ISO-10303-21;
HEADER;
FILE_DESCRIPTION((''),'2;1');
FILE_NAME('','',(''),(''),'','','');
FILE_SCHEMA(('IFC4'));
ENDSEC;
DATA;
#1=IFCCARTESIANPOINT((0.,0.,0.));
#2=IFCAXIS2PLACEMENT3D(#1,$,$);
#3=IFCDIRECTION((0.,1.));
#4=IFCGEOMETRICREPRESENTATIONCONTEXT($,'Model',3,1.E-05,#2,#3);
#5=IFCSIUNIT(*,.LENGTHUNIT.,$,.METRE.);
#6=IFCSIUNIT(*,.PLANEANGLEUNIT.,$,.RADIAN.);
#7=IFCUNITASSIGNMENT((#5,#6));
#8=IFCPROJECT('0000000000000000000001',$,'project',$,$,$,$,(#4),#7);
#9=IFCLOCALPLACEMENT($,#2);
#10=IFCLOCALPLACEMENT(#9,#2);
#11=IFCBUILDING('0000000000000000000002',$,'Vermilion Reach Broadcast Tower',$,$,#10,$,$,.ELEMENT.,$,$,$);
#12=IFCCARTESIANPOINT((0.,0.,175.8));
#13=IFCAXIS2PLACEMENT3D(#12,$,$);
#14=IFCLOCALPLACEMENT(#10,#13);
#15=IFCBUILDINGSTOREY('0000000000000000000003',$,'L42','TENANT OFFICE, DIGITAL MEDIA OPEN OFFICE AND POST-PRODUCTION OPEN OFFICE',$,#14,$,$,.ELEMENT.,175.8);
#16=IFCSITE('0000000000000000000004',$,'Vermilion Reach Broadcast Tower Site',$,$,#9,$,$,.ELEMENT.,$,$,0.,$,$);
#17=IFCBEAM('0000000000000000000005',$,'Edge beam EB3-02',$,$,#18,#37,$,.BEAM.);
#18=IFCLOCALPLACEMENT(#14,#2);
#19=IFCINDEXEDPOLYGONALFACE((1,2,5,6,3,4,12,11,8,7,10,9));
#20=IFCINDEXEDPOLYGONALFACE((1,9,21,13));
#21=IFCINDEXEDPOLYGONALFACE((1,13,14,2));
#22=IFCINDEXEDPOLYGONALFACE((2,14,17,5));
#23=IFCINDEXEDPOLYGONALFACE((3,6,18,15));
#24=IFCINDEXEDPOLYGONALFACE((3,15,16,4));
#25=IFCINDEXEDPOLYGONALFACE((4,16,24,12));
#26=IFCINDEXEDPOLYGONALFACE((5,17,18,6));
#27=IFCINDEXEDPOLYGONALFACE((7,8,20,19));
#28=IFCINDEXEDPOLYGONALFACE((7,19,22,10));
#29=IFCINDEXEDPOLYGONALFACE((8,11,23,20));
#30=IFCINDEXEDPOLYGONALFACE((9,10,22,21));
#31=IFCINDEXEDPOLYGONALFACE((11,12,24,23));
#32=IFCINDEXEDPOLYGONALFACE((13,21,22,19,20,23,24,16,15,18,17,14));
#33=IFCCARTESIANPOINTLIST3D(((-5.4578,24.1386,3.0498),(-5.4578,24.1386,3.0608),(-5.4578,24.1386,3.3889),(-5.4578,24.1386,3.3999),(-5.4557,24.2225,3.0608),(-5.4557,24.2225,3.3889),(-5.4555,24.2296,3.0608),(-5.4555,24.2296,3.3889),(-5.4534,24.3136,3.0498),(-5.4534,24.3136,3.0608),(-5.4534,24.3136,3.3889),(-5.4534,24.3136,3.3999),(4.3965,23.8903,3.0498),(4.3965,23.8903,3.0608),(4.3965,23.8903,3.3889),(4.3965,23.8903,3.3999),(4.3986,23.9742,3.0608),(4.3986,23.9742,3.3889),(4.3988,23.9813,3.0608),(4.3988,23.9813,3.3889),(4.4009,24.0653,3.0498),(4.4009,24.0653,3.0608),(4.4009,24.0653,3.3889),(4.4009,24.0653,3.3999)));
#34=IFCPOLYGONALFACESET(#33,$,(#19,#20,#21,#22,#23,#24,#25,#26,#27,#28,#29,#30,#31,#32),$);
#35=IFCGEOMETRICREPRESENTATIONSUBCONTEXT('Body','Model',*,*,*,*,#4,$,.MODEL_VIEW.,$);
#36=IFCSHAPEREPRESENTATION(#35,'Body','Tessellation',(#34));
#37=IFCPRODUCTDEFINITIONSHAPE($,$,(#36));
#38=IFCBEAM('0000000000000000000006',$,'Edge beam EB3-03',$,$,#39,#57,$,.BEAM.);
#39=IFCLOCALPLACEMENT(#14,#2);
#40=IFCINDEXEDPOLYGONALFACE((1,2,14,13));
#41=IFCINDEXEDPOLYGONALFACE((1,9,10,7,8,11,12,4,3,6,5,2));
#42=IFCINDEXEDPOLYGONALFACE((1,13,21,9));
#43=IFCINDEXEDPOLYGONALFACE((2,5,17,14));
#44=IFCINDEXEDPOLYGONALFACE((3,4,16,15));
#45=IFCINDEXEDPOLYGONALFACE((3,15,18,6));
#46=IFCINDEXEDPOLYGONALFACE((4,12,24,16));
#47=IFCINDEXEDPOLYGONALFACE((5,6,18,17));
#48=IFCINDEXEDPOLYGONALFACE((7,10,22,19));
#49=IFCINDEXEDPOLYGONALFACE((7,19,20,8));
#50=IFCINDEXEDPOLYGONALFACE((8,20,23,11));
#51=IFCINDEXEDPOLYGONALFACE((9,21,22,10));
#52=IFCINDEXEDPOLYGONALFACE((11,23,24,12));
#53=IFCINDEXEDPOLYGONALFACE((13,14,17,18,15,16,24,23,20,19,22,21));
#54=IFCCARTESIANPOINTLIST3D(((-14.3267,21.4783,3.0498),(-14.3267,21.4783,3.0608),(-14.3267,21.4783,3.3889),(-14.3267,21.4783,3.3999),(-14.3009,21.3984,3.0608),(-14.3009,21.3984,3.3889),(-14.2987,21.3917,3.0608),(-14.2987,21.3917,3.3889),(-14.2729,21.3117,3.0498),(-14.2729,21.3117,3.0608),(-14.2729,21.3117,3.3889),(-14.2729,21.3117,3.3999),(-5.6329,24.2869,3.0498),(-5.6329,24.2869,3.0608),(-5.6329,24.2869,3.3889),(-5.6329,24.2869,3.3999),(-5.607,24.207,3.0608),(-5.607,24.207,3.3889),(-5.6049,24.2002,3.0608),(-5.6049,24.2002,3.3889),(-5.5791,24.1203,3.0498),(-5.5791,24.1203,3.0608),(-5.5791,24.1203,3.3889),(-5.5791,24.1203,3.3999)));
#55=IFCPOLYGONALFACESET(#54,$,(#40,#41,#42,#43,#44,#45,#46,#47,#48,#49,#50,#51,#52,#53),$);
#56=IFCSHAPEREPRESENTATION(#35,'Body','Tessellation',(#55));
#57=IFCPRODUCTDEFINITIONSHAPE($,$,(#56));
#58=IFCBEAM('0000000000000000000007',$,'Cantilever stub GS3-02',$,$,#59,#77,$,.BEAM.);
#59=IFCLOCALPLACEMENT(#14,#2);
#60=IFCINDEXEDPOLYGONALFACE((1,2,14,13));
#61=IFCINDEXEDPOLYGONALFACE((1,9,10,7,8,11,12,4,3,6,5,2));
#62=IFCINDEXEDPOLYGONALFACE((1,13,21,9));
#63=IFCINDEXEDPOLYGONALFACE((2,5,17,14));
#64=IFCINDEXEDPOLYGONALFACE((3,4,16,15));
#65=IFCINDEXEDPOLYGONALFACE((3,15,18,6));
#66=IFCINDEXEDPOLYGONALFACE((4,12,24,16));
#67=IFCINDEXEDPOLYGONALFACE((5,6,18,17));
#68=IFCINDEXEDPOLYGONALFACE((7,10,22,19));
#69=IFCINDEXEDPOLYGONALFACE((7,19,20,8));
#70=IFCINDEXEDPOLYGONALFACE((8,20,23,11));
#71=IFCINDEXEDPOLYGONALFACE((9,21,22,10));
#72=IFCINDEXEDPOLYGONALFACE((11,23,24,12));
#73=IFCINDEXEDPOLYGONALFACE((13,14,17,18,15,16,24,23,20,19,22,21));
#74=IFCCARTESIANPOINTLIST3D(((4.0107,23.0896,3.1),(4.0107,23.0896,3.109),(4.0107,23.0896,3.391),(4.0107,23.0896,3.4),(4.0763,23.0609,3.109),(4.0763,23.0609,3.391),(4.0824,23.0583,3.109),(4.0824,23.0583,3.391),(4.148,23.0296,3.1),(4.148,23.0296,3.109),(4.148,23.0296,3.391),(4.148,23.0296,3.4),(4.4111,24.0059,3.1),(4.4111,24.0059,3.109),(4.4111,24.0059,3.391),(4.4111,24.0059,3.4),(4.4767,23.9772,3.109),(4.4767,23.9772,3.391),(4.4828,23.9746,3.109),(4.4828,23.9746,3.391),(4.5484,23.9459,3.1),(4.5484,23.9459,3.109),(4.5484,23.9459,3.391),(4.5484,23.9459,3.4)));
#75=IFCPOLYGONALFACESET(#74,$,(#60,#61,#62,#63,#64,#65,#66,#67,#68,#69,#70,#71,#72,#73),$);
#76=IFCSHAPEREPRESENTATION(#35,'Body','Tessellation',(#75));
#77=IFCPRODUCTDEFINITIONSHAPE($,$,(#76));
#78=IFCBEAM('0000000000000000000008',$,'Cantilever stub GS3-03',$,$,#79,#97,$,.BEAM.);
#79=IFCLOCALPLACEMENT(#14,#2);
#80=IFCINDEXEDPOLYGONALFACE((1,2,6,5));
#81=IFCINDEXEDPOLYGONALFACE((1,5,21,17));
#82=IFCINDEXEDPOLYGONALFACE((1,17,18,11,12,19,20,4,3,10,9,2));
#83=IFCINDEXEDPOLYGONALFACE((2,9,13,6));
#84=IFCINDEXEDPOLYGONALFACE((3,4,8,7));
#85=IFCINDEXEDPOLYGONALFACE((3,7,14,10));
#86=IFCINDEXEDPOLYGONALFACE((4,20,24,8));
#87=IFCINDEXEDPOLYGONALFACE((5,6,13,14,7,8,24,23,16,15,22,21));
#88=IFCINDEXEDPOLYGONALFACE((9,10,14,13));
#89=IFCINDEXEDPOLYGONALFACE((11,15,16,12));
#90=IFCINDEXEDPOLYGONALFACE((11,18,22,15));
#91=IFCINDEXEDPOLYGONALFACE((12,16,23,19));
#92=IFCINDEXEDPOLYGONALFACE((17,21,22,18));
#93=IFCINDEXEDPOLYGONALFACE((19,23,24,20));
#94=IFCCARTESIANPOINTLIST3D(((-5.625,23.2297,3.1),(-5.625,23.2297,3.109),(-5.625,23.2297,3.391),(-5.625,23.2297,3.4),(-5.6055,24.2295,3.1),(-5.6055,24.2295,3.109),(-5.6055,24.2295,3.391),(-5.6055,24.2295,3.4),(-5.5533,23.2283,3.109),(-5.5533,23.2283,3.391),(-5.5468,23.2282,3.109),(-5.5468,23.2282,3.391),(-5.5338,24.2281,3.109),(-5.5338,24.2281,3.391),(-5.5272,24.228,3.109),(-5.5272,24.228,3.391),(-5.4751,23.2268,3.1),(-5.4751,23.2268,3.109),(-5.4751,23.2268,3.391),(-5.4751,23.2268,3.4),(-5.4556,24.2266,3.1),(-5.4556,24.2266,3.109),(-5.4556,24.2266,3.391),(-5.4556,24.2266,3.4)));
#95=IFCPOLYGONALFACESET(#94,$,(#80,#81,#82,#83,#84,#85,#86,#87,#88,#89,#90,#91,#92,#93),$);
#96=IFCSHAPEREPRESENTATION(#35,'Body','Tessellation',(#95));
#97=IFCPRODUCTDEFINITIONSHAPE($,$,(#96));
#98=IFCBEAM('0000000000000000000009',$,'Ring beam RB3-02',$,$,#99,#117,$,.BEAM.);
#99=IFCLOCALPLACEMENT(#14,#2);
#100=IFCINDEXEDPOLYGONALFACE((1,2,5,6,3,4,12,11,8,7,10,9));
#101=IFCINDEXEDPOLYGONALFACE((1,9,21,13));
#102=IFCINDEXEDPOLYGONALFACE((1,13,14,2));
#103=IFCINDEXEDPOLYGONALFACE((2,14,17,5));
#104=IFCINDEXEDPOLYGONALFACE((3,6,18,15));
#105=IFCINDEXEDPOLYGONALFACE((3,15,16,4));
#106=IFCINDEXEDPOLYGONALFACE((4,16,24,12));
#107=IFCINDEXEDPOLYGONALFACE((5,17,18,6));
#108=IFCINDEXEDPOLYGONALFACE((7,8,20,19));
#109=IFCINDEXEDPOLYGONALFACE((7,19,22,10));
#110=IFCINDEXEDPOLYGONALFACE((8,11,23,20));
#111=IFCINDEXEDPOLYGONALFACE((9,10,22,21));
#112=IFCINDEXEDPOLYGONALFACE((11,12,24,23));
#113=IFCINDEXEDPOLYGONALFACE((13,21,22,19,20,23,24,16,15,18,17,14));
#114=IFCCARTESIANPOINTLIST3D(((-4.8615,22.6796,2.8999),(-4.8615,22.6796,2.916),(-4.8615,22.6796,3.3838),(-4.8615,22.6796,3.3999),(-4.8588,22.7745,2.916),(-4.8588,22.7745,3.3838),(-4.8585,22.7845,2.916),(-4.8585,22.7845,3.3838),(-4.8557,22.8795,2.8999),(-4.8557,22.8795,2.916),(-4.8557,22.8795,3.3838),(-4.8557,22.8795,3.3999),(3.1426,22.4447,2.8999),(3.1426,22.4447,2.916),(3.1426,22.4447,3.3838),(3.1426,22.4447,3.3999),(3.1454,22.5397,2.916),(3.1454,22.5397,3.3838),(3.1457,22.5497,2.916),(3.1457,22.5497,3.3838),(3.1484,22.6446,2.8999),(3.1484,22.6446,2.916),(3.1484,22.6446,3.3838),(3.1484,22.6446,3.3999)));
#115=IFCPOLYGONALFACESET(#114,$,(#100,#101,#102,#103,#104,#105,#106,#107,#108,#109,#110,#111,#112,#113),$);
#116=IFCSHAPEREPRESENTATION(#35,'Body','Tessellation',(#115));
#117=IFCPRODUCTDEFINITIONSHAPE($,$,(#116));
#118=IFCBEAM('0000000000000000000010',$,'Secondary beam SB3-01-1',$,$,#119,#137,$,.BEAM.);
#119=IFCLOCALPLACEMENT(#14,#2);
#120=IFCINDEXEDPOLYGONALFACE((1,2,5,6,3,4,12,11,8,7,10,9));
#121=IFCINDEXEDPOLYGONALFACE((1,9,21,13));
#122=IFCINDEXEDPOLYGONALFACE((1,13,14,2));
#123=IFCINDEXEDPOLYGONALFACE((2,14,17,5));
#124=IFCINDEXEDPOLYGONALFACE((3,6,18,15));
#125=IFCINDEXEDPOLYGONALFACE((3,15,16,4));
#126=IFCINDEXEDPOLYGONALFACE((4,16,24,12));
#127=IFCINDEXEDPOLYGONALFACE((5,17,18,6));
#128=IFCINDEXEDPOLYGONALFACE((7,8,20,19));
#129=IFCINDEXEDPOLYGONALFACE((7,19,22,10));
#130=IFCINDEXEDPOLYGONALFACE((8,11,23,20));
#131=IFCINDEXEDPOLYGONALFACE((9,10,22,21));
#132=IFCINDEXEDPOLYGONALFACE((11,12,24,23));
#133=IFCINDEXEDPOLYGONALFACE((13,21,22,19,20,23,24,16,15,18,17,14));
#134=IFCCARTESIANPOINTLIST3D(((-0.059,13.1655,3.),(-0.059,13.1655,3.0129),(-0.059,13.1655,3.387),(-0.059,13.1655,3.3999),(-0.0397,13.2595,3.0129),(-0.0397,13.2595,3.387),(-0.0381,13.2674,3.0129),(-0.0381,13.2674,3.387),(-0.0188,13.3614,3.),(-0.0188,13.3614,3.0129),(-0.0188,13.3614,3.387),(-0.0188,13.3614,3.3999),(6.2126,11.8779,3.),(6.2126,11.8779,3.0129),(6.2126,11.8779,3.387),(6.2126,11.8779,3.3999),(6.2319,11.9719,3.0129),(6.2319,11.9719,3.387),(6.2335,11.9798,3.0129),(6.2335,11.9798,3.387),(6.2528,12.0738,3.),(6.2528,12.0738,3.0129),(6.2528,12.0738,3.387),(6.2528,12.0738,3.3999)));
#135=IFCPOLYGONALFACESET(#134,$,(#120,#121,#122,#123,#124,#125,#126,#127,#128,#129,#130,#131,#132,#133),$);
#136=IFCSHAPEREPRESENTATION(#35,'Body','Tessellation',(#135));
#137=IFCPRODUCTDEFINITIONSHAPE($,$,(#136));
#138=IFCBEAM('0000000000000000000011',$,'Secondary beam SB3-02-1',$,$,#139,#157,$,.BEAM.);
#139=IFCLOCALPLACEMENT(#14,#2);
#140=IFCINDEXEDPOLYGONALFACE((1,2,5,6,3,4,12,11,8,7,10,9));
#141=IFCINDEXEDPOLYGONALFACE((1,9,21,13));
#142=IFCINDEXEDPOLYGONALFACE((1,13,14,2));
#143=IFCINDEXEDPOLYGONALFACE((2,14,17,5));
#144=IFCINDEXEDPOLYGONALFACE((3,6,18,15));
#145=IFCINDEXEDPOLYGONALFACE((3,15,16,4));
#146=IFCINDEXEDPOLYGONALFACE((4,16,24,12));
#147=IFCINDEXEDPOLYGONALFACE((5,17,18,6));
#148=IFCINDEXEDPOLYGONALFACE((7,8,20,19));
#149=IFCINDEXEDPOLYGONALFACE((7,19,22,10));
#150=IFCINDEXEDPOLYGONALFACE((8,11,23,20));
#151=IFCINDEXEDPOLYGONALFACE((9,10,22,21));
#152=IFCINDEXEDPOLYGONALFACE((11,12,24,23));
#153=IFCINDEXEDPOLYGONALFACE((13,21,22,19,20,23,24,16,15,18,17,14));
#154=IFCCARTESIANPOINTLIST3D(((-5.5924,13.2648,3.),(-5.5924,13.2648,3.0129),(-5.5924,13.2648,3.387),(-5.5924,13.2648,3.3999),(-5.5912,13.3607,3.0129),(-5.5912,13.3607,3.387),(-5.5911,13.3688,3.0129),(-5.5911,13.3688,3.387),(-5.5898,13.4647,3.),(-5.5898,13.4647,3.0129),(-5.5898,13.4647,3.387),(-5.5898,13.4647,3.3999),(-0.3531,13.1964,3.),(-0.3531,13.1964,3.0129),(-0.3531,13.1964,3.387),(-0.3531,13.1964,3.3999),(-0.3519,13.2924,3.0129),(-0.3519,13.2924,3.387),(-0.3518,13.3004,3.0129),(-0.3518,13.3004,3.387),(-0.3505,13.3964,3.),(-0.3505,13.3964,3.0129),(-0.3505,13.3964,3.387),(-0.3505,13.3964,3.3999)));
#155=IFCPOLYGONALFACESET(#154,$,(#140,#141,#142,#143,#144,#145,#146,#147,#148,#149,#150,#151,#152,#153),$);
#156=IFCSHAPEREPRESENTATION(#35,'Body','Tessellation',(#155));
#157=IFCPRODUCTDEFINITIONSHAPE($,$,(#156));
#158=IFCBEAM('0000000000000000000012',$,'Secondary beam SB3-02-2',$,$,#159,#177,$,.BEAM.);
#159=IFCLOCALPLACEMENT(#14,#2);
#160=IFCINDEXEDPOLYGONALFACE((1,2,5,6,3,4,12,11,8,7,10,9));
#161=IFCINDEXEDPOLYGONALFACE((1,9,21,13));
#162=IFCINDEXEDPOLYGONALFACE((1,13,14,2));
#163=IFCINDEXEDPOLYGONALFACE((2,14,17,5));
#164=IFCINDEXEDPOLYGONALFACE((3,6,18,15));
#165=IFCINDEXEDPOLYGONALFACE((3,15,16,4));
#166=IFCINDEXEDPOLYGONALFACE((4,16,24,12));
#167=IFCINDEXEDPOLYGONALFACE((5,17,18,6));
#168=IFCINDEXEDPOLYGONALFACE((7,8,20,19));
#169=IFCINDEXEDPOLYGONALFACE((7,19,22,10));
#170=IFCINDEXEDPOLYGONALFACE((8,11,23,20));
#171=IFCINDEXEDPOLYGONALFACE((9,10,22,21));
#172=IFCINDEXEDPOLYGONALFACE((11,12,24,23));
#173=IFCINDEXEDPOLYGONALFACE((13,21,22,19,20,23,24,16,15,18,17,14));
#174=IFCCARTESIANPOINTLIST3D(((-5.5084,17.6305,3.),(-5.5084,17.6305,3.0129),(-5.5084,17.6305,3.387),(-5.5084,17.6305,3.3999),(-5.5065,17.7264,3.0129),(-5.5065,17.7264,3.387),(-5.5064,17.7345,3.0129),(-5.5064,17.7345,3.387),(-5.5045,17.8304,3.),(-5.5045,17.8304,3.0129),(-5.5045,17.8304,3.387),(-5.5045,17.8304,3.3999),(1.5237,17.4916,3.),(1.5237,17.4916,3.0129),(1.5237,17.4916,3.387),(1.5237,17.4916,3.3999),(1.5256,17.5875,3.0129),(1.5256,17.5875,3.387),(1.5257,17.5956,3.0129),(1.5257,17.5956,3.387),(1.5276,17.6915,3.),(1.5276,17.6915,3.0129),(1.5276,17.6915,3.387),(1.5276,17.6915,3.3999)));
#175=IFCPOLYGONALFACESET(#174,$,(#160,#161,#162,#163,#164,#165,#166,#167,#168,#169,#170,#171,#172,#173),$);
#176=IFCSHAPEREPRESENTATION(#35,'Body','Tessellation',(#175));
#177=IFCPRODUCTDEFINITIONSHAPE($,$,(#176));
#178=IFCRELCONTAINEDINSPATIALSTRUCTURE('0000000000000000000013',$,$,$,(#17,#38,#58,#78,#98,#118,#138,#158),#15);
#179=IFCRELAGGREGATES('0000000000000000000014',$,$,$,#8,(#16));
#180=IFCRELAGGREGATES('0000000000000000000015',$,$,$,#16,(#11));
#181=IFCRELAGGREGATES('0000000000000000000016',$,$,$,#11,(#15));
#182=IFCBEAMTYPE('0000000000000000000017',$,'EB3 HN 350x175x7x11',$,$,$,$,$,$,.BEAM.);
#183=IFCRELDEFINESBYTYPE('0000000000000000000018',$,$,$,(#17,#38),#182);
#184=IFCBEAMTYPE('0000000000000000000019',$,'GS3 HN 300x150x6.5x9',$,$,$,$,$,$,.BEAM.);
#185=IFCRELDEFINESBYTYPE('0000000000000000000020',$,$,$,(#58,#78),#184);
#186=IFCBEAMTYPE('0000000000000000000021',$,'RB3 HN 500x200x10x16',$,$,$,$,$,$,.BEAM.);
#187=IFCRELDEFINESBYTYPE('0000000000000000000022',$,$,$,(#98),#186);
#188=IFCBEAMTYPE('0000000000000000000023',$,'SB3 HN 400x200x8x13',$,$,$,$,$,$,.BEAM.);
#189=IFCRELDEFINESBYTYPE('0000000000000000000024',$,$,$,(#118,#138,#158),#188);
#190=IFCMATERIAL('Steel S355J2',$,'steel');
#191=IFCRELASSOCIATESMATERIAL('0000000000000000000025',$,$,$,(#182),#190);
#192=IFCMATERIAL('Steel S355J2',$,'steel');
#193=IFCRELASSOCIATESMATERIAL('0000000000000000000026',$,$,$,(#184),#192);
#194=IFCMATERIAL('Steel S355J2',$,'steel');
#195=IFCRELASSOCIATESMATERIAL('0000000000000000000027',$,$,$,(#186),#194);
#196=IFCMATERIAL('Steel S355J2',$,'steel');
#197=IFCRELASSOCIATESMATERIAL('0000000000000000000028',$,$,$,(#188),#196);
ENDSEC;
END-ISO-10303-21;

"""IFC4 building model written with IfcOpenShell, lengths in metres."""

from ifc_helpers import new_model, si_unit, direction, frame, origin, origin_2d, place, context, subcontext, project, spatial, i_section, extrude, material, material_profile, profile_set, type_object, element, save


model = new_model("IFC4")

# Units and contexts
model_context = context("Model", 3, precision=1e-05, world=origin(), true_north=direction((0.0, 1.0)))
body_context = subcontext(model_context, "Body", "Model", "MODEL_VIEW")
ifc_project = project(units=[si_unit("LENGTHUNIT", "METRE"), si_unit("PLANEANGLEUNIT", "RADIAN")], contexts=[model_context])

# Site, building, storey
site_placement = place(None, origin())
site = spatial("IfcSite", under=ifc_project, at=site_placement, Name="Vermilion Reach Broadcast Tower Site", CompositionType="ELEMENT", RefElevation=0.0)
building_placement = place(site_placement, origin())
building = spatial("IfcBuilding", under=site, at=building_placement, Name="Vermilion Reach Broadcast Tower", CompositionType="ELEMENT")
storey_placement = place(building_placement, frame((0.0, 0.0, 175.8)))
storey = spatial("IfcBuildingStorey", under=building, at=storey_placement, Name="L42", Description="TENANT OFFICE, DIGITAL MEDIA OPEN OFFICE AND POST-PRODUCTION OPEN OFFICE", CompositionType="ELEMENT", Elevation=175.8)

# Beams
ifc_material_1 = material(Name="Steel S355J2", Category="steel")
ifc_material_profile_1 = material_profile(ifc_material_1, i_section(OverallWidth=0.175, OverallDepth=0.3501, WebThickness=0.0071, FlangeThickness=0.011, at=origin_2d()), Name="S355J2 HN 350x175x7x11")
ifc_profile_set_1 = profile_set([ifc_material_profile_1], Name="Steel S355J2")
beam_type_1 = type_object("IfcBeamType", Name="EB3 HN 350x175x7x11", PredefinedType="BEAM", material=ifc_profile_set_1)
beam_1_placement = place(storey_placement, frame((4.3987, 23.9778, 3.2249), z_axis=(-0.999683, 0.025188, 0.0), x_axis=(-0.025188, -0.999683, 0.0)))
element("IfcBeam", 1, at=beam_1_placement, inside=storey, type_object=beam_type_1, Name="Edge beam EB3-02", PredefinedType="BEAM", context=body_context, shape_type="SweptSolid", body=[
    extrude(i_section(OverallWidth=0.175, OverallDepth=0.3501, WebThickness=0.0071, FlangeThickness=0.011, at=origin_2d()), origin(), (0.0, 0.0, 1.0), 9.8574),
])
beam_2_placement = place(storey_placement, frame((-5.606, 24.2036, 3.2249), z_axis=(-0.951577, -0.307412, 0.0), x_axis=(0.307412, -0.951577, 0.0)))
element("IfcBeam", 2, at=beam_2_placement, inside=storey, type_object=beam_type_1, Name="Edge beam EB3-03", PredefinedType="BEAM", context=body_context, shape_type="SweptSolid", body=[
    extrude(i_section(OverallWidth=0.175, OverallDepth=0.3501, WebThickness=0.0071, FlangeThickness=0.011, at=origin_2d()), origin(), (0.0, 0.0, 1.0), 9.1362),
])
ifc_material_2 = material(Name="Steel S355J2", Category="steel")
ifc_material_profile_2 = material_profile(ifc_material_2, i_section(OverallWidth=0.1499, OverallDepth=0.3, WebThickness=0.0066, FlangeThickness=0.009, at=origin_2d()), Name="S355J2 HN 300x150x6.5x9")
ifc_profile_set_2 = profile_set([ifc_material_profile_2], Name="Steel S355J2")
beam_type_2 = type_object("IfcBeamType", Name="GS3 HN 300x150x6.5x9", PredefinedType="BEAM", material=ifc_profile_set_2)
for number, where, z_axis, x_axis, name in (
    (3, (4.0793, 23.0596, 3.25), (0.400422, 0.916331, 0.0), (-0.916331, 0.400422, 0.0), "Cantilever stub GS3-02"),
    (4, (-5.55, 23.2283, 3.25), (0.019532, 0.999809, 0.0), (-0.999809, 0.019532, 0.0), "Cantilever stub GS3-03"),
):
    element("IfcBeam", number, at=place(storey_placement, frame(where, z_axis=z_axis, x_axis=x_axis)), inside=storey, type_object=beam_type_2, Name=name, PredefinedType="BEAM", context=body_context, shape_type="SweptSolid", body=[
        extrude(i_section(OverallWidth=0.1499, OverallDepth=0.3, WebThickness=0.0066, FlangeThickness=0.009, at=origin_2d()), origin(), (0.0, 0.0, 1.0), 1.0),
    ])
ifc_material_3 = material(Name="Steel S355J2", Category="steel")
ifc_material_profile_3 = material_profile(ifc_material_3, i_section(OverallWidth=0.2, OverallDepth=0.5, WebThickness=0.01, FlangeThickness=0.0161, at=origin_2d()), Name="S355J2 HN 500x200x10x16")
ifc_profile_set_3 = profile_set([ifc_material_profile_3], Name="Steel S355J2")
beam_type_3 = type_object("IfcBeamType", Name="RB3 HN 500x200x10x16", PredefinedType="BEAM", material=ifc_profile_set_3)
beam_3_placement = place(storey_placement, frame((3.1455, 22.5447, 3.1499), z_axis=(-0.99957, 0.02933, 0.0), x_axis=(-0.02933, -0.99957, 0.0)))
element("IfcBeam", 5, at=beam_3_placement, inside=storey, type_object=beam_type_3, Name="Ring beam RB3-02", PredefinedType="BEAM", context=body_context, shape_type="SweptSolid", body=[
    extrude(i_section(OverallWidth=0.2, OverallDepth=0.5, WebThickness=0.01, FlangeThickness=0.0161, at=origin_2d()), origin(), (0.0, 0.0, 1.0), 8.0076),
])
ifc_material_4 = material(Name="Steel S355J2", Category="steel")
ifc_material_profile_4 = material_profile(ifc_material_4, i_section(OverallWidth=0.2, OverallDepth=0.3999, WebThickness=0.0081, FlangeThickness=0.0129, at=origin_2d()), Name="S355J2 HN 400x200x8x13")
ifc_profile_set_4 = profile_set([ifc_material_profile_4], Name="Steel S355J2")
beam_type_4 = type_object("IfcBeamType", Name="SB3 HN 400x200x8x13", PredefinedType="BEAM", material=ifc_profile_set_4)
beam_4_placement = place(storey_placement, frame((6.2327, 11.9758, 3.2), z_axis=(-0.979568, 0.201115, 0.0), x_axis=(-0.201115, -0.979568, 0.0)))
element("IfcBeam", 6, at=beam_4_placement, inside=storey, type_object=beam_type_4, Name="Secondary beam SB3-01-1", PredefinedType="BEAM", context=body_context, shape_type="SweptSolid", body=[
    extrude(i_section(OverallWidth=0.2, OverallDepth=0.3999, WebThickness=0.0081, FlangeThickness=0.0129, at=origin_2d()), origin(), (0.0, 0.0, 1.0), 6.4023),
])
beam_5_placement = place(storey_placement, frame((-0.3518, 13.2964, 3.2), z_axis=(-0.999915, 0.013046, 0.0), x_axis=(-0.013046, -0.999915, 0.0)))
element("IfcBeam", 7, at=beam_5_placement, inside=storey, type_object=beam_type_4, Name="Secondary beam SB3-02-1", PredefinedType="BEAM", context=body_context, shape_type="SweptSolid", body=[
    extrude(i_section(OverallWidth=0.2, OverallDepth=0.3999, WebThickness=0.0081, FlangeThickness=0.0129, at=origin_2d()), origin(), (0.0, 0.0, 1.0), 5.2397),
])
beam_6_placement = place(storey_placement, frame((1.5256, 17.5916, 3.2), z_axis=(-0.999805, 0.019751, 0.0), x_axis=(-0.019751, -0.999805, 0.0)))
element("IfcBeam", 8, at=beam_6_placement, inside=storey, type_object=beam_type_4, Name="Secondary beam SB3-02-2", PredefinedType="BEAM", context=body_context, shape_type="SweptSolid", body=[
    extrude(i_section(OverallWidth=0.2, OverallDepth=0.3999, WebThickness=0.0081, FlangeThickness=0.0129, at=origin_2d()), origin(), (0.0, 0.0, 1.0), 7.0334),
])

save(model, "model.ifc")
